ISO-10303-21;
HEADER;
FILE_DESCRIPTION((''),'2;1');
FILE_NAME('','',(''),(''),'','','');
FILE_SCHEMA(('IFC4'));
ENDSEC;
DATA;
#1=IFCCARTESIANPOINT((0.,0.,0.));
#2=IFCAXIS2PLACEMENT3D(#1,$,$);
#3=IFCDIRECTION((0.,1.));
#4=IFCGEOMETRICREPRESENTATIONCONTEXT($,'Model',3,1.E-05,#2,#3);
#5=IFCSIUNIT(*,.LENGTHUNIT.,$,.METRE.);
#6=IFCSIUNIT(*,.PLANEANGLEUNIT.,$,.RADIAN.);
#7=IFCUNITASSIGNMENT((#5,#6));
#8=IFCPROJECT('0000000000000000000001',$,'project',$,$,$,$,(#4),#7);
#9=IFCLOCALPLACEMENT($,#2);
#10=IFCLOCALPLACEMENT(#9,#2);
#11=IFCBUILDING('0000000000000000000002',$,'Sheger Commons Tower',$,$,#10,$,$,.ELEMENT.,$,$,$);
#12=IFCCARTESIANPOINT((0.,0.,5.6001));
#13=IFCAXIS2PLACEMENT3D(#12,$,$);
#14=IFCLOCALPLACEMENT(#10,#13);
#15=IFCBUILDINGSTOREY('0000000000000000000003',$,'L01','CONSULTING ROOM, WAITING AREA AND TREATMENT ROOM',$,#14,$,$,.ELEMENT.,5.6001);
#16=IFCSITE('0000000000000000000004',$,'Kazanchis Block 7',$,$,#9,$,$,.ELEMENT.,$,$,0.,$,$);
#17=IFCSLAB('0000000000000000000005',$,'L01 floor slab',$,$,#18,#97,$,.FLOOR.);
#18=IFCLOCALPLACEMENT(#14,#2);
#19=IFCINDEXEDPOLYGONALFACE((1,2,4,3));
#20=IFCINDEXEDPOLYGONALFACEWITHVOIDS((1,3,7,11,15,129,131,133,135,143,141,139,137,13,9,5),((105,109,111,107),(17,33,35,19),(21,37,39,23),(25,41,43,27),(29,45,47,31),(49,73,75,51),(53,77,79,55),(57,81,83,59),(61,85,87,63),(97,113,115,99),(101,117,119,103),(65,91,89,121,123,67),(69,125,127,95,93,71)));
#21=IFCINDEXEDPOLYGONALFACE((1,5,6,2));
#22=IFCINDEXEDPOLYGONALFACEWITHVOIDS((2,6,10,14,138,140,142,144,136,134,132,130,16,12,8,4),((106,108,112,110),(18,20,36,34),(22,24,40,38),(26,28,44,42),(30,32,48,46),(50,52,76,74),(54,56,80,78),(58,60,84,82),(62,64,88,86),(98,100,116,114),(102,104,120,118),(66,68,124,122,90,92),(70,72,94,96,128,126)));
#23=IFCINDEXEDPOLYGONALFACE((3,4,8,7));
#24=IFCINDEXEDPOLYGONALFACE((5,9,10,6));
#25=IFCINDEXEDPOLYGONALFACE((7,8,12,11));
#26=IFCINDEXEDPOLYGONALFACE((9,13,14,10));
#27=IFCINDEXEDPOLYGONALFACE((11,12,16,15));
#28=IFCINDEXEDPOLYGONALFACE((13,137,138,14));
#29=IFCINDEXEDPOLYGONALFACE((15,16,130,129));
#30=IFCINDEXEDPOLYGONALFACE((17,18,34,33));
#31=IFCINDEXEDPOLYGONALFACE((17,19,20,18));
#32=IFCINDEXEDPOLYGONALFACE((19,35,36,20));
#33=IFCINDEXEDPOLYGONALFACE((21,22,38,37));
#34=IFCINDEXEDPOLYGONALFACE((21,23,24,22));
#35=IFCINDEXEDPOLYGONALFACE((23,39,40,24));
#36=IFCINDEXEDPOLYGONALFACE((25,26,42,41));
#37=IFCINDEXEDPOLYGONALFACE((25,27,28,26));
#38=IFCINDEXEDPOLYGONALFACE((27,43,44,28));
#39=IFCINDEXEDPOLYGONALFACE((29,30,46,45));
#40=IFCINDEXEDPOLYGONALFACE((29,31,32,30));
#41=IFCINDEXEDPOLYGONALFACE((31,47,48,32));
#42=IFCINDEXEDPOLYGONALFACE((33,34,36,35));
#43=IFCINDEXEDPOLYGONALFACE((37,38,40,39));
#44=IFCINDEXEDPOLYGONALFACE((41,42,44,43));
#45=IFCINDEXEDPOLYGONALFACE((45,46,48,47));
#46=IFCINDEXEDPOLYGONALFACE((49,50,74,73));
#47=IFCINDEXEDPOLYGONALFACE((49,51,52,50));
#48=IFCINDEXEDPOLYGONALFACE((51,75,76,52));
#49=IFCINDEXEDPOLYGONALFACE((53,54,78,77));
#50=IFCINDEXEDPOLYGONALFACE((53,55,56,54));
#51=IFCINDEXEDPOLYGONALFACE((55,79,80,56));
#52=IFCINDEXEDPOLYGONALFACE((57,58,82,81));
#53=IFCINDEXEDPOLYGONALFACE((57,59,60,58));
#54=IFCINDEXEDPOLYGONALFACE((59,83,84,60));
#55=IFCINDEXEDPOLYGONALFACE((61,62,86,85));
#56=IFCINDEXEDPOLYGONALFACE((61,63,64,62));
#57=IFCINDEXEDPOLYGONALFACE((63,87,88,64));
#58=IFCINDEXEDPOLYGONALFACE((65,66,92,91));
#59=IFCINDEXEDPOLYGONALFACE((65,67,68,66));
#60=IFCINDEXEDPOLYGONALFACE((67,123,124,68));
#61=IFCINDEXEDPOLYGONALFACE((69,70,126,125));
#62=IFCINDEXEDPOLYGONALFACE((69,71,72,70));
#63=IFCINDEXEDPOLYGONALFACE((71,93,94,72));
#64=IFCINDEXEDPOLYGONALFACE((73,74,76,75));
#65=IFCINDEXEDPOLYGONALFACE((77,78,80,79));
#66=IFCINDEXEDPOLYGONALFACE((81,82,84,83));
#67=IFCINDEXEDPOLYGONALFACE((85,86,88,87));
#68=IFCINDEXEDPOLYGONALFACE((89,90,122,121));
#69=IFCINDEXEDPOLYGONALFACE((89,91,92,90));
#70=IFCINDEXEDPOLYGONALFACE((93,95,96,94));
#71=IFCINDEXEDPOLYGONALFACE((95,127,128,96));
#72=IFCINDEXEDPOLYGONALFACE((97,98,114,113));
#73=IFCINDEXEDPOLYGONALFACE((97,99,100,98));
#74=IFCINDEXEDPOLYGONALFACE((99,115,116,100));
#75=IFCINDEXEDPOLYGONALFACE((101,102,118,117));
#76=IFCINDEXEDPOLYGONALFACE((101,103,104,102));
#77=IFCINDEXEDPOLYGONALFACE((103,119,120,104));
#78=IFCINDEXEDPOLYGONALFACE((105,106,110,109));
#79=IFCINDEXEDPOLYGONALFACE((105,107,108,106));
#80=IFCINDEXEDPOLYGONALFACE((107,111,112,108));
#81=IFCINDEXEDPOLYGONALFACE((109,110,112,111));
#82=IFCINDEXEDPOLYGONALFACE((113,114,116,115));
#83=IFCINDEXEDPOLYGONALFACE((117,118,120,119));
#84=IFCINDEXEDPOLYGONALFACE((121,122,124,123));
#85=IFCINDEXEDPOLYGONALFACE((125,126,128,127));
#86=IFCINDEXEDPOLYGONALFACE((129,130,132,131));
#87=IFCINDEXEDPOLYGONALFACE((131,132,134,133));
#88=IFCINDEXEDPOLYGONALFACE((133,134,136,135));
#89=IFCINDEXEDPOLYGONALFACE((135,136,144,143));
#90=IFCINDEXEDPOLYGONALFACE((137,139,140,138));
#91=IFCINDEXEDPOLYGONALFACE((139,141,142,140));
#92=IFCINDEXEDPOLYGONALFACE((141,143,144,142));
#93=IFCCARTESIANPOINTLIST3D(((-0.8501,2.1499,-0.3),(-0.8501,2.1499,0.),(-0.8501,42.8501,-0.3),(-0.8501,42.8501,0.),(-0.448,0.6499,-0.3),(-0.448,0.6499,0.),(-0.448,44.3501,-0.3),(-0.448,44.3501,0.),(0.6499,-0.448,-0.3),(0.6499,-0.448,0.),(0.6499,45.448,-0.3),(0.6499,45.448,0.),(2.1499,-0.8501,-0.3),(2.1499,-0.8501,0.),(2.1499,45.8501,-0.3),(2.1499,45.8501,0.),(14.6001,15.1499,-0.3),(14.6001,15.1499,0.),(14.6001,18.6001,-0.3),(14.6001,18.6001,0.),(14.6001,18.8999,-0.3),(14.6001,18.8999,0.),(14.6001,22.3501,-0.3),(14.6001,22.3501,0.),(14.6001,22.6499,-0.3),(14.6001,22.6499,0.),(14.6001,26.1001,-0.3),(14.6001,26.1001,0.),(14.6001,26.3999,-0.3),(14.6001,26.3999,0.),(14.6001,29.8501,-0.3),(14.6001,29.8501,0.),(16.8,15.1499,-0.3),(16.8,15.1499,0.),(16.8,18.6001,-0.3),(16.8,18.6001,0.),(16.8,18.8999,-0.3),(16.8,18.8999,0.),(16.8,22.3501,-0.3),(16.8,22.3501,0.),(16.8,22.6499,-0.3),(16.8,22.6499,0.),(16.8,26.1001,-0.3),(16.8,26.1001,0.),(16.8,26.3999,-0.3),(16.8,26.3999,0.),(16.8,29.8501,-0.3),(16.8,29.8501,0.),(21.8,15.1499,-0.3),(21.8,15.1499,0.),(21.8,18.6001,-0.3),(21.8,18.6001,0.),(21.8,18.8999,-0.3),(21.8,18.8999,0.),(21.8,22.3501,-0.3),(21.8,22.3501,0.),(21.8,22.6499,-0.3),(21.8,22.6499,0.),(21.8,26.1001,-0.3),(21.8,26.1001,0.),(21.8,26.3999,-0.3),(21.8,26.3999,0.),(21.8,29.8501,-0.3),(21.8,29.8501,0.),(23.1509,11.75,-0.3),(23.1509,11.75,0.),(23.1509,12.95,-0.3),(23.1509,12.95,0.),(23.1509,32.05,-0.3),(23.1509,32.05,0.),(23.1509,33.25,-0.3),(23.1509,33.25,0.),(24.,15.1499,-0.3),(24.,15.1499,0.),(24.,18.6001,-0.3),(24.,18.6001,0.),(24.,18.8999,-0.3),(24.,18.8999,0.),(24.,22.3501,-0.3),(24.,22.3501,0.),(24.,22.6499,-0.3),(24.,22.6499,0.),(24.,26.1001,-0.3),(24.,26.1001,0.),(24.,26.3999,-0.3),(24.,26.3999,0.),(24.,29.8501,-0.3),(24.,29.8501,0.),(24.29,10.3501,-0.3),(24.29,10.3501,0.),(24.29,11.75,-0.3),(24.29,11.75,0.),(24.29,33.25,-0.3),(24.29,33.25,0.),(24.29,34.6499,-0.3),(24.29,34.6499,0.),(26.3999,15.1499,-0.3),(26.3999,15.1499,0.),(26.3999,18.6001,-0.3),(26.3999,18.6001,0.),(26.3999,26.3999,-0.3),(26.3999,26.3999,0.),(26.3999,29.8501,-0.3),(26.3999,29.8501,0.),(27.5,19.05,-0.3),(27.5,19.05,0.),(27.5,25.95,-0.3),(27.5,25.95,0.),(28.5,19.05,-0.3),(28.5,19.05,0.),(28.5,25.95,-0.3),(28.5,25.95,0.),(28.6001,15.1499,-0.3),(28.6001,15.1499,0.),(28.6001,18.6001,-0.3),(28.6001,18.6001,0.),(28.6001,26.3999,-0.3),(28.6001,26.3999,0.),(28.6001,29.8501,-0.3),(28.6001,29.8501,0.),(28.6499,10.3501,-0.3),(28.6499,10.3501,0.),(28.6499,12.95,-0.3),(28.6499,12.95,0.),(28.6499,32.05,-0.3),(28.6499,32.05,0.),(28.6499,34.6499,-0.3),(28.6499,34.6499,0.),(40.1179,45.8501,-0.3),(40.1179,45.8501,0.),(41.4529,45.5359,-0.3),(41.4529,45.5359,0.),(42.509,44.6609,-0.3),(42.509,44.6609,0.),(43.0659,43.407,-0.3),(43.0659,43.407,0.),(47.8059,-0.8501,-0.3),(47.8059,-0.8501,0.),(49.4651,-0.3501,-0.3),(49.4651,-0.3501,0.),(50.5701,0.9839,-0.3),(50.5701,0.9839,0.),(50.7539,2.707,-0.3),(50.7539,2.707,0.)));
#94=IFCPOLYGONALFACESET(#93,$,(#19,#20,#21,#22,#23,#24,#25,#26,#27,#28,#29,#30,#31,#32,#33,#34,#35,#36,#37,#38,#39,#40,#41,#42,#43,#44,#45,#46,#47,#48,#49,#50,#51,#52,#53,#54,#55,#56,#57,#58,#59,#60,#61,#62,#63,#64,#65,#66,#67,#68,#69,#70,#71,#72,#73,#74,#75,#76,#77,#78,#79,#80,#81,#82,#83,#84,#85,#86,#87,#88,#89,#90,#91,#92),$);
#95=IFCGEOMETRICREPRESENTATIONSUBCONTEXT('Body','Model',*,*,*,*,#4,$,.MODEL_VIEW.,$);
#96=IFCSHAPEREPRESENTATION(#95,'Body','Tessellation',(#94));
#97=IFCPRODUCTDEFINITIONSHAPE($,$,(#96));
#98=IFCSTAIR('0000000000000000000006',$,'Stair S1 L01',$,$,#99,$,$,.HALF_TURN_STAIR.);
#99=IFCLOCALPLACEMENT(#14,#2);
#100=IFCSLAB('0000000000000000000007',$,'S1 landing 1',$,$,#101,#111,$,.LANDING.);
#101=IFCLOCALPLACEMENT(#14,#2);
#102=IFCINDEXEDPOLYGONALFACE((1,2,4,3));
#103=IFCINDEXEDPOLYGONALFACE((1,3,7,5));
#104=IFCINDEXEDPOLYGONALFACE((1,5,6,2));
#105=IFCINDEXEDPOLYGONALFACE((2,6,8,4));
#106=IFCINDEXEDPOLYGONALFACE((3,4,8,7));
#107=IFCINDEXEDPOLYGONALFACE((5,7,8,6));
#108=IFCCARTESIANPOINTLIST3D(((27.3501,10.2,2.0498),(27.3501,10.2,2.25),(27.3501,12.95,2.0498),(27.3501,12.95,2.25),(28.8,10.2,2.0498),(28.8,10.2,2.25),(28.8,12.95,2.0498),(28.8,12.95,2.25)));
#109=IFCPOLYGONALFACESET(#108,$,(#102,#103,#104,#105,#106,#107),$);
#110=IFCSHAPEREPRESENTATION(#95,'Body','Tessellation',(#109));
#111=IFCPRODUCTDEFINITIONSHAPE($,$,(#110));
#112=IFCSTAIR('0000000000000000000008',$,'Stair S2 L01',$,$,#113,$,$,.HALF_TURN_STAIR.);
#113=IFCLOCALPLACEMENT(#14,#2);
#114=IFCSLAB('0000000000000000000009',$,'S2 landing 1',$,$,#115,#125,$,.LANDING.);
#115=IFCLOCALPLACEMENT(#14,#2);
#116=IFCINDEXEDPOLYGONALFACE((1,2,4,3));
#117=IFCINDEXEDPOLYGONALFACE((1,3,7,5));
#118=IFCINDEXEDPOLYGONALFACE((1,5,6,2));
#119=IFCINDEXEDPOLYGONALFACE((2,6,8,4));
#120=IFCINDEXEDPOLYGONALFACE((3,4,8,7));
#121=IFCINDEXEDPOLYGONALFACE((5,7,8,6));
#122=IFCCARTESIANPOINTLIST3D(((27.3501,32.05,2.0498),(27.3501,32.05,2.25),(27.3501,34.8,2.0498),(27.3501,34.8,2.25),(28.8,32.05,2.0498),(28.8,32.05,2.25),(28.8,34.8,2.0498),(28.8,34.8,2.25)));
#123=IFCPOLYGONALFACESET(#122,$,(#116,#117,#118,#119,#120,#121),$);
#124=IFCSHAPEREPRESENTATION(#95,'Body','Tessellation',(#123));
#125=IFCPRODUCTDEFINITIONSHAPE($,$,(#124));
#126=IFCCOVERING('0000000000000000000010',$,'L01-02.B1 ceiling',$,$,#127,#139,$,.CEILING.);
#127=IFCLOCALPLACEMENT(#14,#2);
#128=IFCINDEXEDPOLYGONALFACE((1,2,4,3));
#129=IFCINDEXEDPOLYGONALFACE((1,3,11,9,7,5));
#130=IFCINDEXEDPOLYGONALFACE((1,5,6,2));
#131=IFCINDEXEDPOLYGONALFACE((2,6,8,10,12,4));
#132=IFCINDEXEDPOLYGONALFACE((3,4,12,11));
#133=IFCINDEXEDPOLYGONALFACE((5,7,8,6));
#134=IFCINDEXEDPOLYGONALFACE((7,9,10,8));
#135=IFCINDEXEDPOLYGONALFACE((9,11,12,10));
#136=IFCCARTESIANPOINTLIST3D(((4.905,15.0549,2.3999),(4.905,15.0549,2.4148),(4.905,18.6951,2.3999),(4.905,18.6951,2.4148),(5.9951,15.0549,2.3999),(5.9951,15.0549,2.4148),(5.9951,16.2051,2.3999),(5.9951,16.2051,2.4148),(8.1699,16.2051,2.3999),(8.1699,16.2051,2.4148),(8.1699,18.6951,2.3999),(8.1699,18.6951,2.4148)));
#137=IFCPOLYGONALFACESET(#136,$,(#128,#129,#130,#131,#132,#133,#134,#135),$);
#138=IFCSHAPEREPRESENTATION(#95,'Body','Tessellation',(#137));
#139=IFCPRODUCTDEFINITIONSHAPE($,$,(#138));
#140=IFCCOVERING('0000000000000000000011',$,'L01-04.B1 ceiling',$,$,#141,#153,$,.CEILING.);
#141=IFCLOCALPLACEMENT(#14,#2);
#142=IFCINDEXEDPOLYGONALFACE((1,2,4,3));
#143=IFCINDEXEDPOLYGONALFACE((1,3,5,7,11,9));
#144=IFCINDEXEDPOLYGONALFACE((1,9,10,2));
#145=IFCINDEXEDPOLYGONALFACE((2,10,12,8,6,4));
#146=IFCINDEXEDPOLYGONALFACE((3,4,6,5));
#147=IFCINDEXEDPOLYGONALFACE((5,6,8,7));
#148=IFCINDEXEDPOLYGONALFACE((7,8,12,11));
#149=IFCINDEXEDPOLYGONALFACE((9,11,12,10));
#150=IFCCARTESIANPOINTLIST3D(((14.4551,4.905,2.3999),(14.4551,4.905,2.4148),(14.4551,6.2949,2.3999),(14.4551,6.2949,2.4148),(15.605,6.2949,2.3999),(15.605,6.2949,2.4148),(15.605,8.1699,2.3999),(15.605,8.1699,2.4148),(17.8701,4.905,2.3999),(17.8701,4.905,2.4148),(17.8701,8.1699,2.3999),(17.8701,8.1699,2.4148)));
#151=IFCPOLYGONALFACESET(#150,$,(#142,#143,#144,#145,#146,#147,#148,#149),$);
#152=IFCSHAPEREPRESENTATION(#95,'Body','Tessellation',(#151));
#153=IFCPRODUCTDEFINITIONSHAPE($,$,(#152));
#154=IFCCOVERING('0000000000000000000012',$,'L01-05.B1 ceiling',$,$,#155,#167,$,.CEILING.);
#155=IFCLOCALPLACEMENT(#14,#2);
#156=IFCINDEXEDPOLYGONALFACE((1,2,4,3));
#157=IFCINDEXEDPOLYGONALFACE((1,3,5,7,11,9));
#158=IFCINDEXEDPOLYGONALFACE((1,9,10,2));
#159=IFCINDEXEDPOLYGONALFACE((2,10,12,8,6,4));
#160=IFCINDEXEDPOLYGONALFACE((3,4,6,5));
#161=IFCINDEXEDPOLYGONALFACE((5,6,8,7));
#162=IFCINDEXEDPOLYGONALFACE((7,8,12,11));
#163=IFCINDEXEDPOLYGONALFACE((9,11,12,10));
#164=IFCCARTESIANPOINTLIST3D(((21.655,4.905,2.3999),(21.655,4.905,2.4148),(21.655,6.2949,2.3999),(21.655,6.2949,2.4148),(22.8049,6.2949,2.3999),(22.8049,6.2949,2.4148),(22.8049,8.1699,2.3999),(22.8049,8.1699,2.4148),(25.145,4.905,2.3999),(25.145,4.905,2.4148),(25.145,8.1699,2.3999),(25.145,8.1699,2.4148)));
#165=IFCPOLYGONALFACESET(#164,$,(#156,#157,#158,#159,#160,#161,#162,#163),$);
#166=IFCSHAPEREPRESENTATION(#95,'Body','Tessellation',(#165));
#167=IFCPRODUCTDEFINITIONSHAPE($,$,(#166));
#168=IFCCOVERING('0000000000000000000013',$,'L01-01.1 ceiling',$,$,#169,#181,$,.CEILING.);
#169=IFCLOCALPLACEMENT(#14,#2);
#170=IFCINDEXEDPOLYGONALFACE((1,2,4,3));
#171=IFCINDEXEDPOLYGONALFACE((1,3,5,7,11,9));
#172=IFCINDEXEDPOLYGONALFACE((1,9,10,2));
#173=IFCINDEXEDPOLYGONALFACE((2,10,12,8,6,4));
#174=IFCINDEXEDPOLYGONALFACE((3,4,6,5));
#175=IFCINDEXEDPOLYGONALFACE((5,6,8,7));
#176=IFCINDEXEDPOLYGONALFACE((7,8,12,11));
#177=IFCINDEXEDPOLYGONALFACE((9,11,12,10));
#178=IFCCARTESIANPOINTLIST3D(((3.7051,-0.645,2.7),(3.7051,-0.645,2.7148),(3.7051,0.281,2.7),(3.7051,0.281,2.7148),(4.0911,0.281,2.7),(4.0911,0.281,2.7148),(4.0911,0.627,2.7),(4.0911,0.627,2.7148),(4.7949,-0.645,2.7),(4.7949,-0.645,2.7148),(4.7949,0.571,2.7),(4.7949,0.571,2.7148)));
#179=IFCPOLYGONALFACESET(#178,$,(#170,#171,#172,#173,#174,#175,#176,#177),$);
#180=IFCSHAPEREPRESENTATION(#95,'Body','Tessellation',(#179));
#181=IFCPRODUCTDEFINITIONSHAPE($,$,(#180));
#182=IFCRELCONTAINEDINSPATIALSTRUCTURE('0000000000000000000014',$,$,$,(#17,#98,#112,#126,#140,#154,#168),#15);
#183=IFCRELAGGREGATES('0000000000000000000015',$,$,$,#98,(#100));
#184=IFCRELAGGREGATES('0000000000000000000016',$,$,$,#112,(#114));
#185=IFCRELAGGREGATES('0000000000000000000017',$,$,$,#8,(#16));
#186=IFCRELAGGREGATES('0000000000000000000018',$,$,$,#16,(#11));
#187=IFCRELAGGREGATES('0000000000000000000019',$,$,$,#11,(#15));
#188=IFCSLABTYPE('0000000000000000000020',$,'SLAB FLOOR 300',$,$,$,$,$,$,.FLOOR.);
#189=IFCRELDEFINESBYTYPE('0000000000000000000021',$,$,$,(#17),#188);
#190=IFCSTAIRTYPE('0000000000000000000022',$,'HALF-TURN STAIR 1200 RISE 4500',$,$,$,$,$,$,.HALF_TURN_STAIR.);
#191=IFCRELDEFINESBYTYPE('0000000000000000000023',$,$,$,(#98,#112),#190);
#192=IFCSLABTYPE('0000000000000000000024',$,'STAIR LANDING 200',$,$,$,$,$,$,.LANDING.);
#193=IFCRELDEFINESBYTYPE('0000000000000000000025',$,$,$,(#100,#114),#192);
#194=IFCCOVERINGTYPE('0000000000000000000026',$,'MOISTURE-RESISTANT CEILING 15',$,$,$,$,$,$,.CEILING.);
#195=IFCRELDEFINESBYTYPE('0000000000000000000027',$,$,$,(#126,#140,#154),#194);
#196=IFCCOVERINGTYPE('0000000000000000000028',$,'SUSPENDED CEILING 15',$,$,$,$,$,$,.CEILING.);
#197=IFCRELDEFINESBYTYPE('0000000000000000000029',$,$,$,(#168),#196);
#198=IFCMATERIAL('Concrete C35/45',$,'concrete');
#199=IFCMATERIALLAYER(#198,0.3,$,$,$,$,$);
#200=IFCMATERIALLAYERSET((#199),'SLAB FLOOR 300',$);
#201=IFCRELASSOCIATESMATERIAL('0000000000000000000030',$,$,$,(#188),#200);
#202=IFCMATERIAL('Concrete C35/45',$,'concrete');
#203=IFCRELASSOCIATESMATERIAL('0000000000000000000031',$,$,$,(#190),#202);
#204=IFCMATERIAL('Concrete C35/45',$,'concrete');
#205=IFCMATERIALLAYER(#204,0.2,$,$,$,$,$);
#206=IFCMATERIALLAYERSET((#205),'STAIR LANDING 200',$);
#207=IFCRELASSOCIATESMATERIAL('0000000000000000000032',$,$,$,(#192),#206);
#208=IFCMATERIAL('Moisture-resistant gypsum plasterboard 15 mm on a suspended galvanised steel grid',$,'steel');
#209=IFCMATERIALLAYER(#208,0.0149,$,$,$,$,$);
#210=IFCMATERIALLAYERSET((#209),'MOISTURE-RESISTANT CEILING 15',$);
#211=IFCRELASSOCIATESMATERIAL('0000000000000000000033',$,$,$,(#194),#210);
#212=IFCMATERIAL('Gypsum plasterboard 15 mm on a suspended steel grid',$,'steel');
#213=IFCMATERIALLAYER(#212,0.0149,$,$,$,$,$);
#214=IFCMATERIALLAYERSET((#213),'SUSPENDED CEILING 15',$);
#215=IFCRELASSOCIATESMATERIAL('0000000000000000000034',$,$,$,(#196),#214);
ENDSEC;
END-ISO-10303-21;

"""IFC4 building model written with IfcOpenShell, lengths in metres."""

from ifc_helpers import new_model, si_unit, direction, frame, origin, place, context, subcontext, project, spatial, polyline, outline, extrude, material, layer, layer_set, type_object, element, aggregate, save


model = new_model("IFC4")

# Units and contexts
model_context = context("Model", 3, precision=1e-05, world=origin(), true_north=direction((0.0, 1.0)))
body_context = subcontext(model_context, "Body", "Model", "MODEL_VIEW")
ifc_project = project(units=[si_unit("LENGTHUNIT", "METRE"), si_unit("PLANEANGLEUNIT", "RADIAN")], contexts=[model_context])

# Site, building, storey
site_placement = place(None, origin())
site = spatial("IfcSite", under=ifc_project, at=site_placement, Name="Kazanchis Block 7", CompositionType="ELEMENT", RefElevation=0.0)
building_placement = place(site_placement, origin())
building = spatial("IfcBuilding", under=site, at=building_placement, Name="Sheger Commons Tower", CompositionType="ELEMENT")
storey_placement = place(building_placement, frame((0.0, 0.0, 5.6001)))
storey = spatial("IfcBuildingStorey", under=building, at=storey_placement, Name="L01", Description="CONSULTING ROOM, WAITING AREA AND TREATMENT ROOM", CompositionType="ELEMENT", Elevation=5.6001)

# Slab
ifc_material_1 = material(Name="Concrete C35/45", Category="concrete")
ifc_layer_1 = layer(ifc_material_1, 0.3)
ifc_layer_set_1 = layer_set([ifc_layer_1], Name="SLAB FLOOR 300")
slab_type_1 = type_object("IfcSlabType", Name="SLAB FLOOR 300", PredefinedType="FLOOR", material=ifc_layer_set_1)
slab_1_placement = place(storey_placement, frame((0.0, 0.0, -0.3)))
element("IfcSlab", 1, at=slab_1_placement, inside=storey, type_object=slab_type_1, Name="L01 floor slab", PredefinedType="FLOOR", context=body_context, shape_type="SweptSolid", body=[
    extrude(outline(polyline([(-0.8501, 2.1499), (-0.448, 0.6499), (0.6499, -0.448), (2.1499, -0.8501), (47.8059, -0.8501), (49.4651, -0.3501), (50.5701, 0.9839), (50.7539, 2.707), (43.0659, 43.407), (42.509, 44.6609), (41.4529, 45.5359), (40.1179, 45.8501), (2.1499, 45.8501), (0.6499, 45.448), (-0.448, 44.3501), (-0.8501, 42.8501), (-0.8501, 2.1499)]), holes=[polyline([(24.29, 10.3501), (28.6499, 10.3501), (28.6499, 12.95), (23.1509, 12.95), (23.1509, 11.75), (24.29, 11.75), (24.29, 10.3501)]), polyline([(23.1509, 32.05), (28.6499, 32.05), (28.6499, 34.6499), (24.29, 34.6499), (24.29, 33.25), (23.1509, 33.25), (23.1509, 32.05)]), polyline([(26.3999, 15.1499), (28.6001, 15.1499), (28.6001, 18.6001), (26.3999, 18.6001), (26.3999, 15.1499)]), polyline([(26.3999, 26.3999), (28.6001, 26.3999), (28.6001, 29.8501), (26.3999, 29.8501), (26.3999, 26.3999)]), polyline([(14.6001, 15.1499), (16.8, 15.1499), (16.8, 18.6001), (14.6001, 18.6001), (14.6001, 15.1499)]), polyline([(14.6001, 18.8999), (16.8, 18.8999), (16.8, 22.3501), (14.6001, 22.3501), (14.6001, 18.8999)]), polyline([(14.6001, 22.6499), (16.8, 22.6499), (16.8, 26.1001), (14.6001, 26.1001), (14.6001, 22.6499)]), polyline([(14.6001, 26.3999), (16.8, 26.3999), (16.8, 29.8501), (14.6001, 29.8501), (14.6001, 26.3999)]), polyline([(21.8, 15.1499), (24.0, 15.1499), (24.0, 18.6001), (21.8, 18.6001), (21.8, 15.1499)]), polyline([(21.8, 18.8999), (24.0, 18.8999), (24.0, 22.3501), (21.8, 22.3501), (21.8, 18.8999)]), polyline([(21.8, 22.6499), (24.0, 22.6499), (24.0, 26.1001), (21.8, 26.1001), (21.8, 22.6499)]), polyline([(21.8, 26.3999), (24.0, 26.3999), (24.0, 29.8501), (21.8, 29.8501), (21.8, 26.3999)]), polyline([(27.5, 19.05), (28.5, 19.05), (28.5, 25.95), (27.5, 25.95), (27.5, 19.05)])]), origin(), (0.0, 0.0, 1.0), 0.3),
])

# Stairs, slabs
ifc_material_2 = material(Name="Concrete C35/45", Category="concrete")
stair_type = type_object("IfcStairType", Name="HALF-TURN STAIR 1200 RISE 4500", PredefinedType="HALF_TURN_STAIR", material=ifc_material_2)
stair_1_placement = place(storey_placement, origin())
stair_1 = element("IfcStair", 2, at=stair_1_placement, inside=storey, type_object=stair_type, Name="Stair S1 L01", PredefinedType="HALF_TURN_STAIR")
ifc_material_3 = material(Name="Concrete C35/45", Category="concrete")
ifc_layer_2 = layer(ifc_material_3, 0.2)
ifc_layer_set_2 = layer_set([ifc_layer_2], Name="STAIR LANDING 200")
slab_type_2 = type_object("IfcSlabType", Name="STAIR LANDING 200", PredefinedType="LANDING", material=ifc_layer_set_2)
slab_2_placement = place(storey_placement, frame((0.0, 0.0, 2.0498)))
slab_2 = element("IfcSlab", 3, at=slab_2_placement, type_object=slab_type_2, Name="S1 landing 1", PredefinedType="LANDING", context=body_context, shape_type="SweptSolid", body=[
    extrude(outline(polyline([(27.3501, 10.2), (28.8, 10.2), (28.8, 12.95), (27.3501, 12.95), (27.3501, 10.2)])), origin(), (0.0, 0.0, 1.0), 0.2002),
])
aggregate(stair_1, [slab_2])
stair_2_placement = place(storey_placement, origin())
stair_2 = element("IfcStair", 4, at=stair_2_placement, inside=storey, type_object=stair_type, Name="Stair S2 L01", PredefinedType="HALF_TURN_STAIR")
slab_3_placement = place(storey_placement, frame((0.0, 0.0, 2.0498)))
slab_3 = element("IfcSlab", 5, at=slab_3_placement, type_object=slab_type_2, Name="S2 landing 1", PredefinedType="LANDING", context=body_context, shape_type="SweptSolid", body=[
    extrude(outline(polyline([(27.3501, 32.05), (28.8, 32.05), (28.8, 34.8), (27.3501, 34.8), (27.3501, 32.05)])), origin(), (0.0, 0.0, 1.0), 0.2002),
])
aggregate(stair_2, [slab_3])

# Coverings
ifc_material_4 = material(Name="Moisture-resistant gypsum plasterboard 15 mm on a suspended galvanised steel grid", Category="steel")
ifc_layer_3 = layer(ifc_material_4, 0.0149)
ifc_layer_set_3 = layer_set([ifc_layer_3], Name="MOISTURE-RESISTANT CEILING 15")
covering_type_1 = type_object("IfcCoveringType", Name="MOISTURE-RESISTANT CEILING 15", PredefinedType="CEILING", material=ifc_layer_set_3)
covering_1_placement = place(storey_placement, frame((0.0, 0.0, 2.3999)))
element("IfcCovering", 6, at=covering_1_placement, inside=storey, type_object=covering_type_1, Name="L01-02.B1 ceiling", PredefinedType="CEILING", context=body_context, shape_type="SweptSolid", body=[
    extrude(outline(polyline([(4.905, 15.0549), (5.9951, 15.0549), (5.9951, 16.2051), (8.1699, 16.2051), (8.1699, 18.6951), (4.905, 18.6951), (4.905, 15.0549)])), origin(), (0.0, 0.0, 1.0), 0.0149),
])
covering_2_placement = place(storey_placement, frame((0.0, 0.0, 2.3999)))
element("IfcCovering", 7, at=covering_2_placement, inside=storey, type_object=covering_type_1, Name="L01-04.B1 ceiling", PredefinedType="CEILING", context=body_context, shape_type="SweptSolid", body=[
    extrude(outline(polyline([(14.4551, 4.905), (17.8701, 4.905), (17.8701, 8.1699), (15.605, 8.1699), (15.605, 6.2949), (14.4551, 6.2949), (14.4551, 4.905)])), origin(), (0.0, 0.0, 1.0), 0.0149),
])
covering_3_placement = place(storey_placement, frame((0.0, 0.0, 2.3999)))
element("IfcCovering", 8, at=covering_3_placement, inside=storey, type_object=covering_type_1, Name="L01-05.B1 ceiling", PredefinedType="CEILING", context=body_context, shape_type="SweptSolid", body=[
    extrude(outline(polyline([(21.655, 4.905), (25.145, 4.905), (25.145, 8.1699), (22.8049, 8.1699), (22.8049, 6.2949), (21.655, 6.2949), (21.655, 4.905)])), origin(), (0.0, 0.0, 1.0), 0.0149),
])
ifc_material_5 = material(Name="Gypsum plasterboard 15 mm on a suspended steel grid", Category="steel")
ifc_layer_4 = layer(ifc_material_5, 0.0149)
ifc_layer_set_4 = layer_set([ifc_layer_4], Name="SUSPENDED CEILING 15")
covering_type_2 = type_object("IfcCoveringType", Name="SUSPENDED CEILING 15", PredefinedType="CEILING", material=ifc_layer_set_4)
covering_4_placement = place(storey_placement, frame((0.0, 0.0, 2.7)))
element("IfcCovering", 9, at=covering_4_placement, inside=storey, type_object=covering_type_2, Name="L01-01.1 ceiling", PredefinedType="CEILING", context=body_context, shape_type="SweptSolid", body=[
    extrude(outline(polyline([(3.7051, -0.645), (4.7949, -0.645), (4.7949, 0.571), (4.0911, 0.627), (4.0911, 0.281), (3.7051, 0.281), (3.7051, -0.645)])), origin(), (0.0, 0.0, 1.0), 0.0149),
])

save(model, "model.ifc")
